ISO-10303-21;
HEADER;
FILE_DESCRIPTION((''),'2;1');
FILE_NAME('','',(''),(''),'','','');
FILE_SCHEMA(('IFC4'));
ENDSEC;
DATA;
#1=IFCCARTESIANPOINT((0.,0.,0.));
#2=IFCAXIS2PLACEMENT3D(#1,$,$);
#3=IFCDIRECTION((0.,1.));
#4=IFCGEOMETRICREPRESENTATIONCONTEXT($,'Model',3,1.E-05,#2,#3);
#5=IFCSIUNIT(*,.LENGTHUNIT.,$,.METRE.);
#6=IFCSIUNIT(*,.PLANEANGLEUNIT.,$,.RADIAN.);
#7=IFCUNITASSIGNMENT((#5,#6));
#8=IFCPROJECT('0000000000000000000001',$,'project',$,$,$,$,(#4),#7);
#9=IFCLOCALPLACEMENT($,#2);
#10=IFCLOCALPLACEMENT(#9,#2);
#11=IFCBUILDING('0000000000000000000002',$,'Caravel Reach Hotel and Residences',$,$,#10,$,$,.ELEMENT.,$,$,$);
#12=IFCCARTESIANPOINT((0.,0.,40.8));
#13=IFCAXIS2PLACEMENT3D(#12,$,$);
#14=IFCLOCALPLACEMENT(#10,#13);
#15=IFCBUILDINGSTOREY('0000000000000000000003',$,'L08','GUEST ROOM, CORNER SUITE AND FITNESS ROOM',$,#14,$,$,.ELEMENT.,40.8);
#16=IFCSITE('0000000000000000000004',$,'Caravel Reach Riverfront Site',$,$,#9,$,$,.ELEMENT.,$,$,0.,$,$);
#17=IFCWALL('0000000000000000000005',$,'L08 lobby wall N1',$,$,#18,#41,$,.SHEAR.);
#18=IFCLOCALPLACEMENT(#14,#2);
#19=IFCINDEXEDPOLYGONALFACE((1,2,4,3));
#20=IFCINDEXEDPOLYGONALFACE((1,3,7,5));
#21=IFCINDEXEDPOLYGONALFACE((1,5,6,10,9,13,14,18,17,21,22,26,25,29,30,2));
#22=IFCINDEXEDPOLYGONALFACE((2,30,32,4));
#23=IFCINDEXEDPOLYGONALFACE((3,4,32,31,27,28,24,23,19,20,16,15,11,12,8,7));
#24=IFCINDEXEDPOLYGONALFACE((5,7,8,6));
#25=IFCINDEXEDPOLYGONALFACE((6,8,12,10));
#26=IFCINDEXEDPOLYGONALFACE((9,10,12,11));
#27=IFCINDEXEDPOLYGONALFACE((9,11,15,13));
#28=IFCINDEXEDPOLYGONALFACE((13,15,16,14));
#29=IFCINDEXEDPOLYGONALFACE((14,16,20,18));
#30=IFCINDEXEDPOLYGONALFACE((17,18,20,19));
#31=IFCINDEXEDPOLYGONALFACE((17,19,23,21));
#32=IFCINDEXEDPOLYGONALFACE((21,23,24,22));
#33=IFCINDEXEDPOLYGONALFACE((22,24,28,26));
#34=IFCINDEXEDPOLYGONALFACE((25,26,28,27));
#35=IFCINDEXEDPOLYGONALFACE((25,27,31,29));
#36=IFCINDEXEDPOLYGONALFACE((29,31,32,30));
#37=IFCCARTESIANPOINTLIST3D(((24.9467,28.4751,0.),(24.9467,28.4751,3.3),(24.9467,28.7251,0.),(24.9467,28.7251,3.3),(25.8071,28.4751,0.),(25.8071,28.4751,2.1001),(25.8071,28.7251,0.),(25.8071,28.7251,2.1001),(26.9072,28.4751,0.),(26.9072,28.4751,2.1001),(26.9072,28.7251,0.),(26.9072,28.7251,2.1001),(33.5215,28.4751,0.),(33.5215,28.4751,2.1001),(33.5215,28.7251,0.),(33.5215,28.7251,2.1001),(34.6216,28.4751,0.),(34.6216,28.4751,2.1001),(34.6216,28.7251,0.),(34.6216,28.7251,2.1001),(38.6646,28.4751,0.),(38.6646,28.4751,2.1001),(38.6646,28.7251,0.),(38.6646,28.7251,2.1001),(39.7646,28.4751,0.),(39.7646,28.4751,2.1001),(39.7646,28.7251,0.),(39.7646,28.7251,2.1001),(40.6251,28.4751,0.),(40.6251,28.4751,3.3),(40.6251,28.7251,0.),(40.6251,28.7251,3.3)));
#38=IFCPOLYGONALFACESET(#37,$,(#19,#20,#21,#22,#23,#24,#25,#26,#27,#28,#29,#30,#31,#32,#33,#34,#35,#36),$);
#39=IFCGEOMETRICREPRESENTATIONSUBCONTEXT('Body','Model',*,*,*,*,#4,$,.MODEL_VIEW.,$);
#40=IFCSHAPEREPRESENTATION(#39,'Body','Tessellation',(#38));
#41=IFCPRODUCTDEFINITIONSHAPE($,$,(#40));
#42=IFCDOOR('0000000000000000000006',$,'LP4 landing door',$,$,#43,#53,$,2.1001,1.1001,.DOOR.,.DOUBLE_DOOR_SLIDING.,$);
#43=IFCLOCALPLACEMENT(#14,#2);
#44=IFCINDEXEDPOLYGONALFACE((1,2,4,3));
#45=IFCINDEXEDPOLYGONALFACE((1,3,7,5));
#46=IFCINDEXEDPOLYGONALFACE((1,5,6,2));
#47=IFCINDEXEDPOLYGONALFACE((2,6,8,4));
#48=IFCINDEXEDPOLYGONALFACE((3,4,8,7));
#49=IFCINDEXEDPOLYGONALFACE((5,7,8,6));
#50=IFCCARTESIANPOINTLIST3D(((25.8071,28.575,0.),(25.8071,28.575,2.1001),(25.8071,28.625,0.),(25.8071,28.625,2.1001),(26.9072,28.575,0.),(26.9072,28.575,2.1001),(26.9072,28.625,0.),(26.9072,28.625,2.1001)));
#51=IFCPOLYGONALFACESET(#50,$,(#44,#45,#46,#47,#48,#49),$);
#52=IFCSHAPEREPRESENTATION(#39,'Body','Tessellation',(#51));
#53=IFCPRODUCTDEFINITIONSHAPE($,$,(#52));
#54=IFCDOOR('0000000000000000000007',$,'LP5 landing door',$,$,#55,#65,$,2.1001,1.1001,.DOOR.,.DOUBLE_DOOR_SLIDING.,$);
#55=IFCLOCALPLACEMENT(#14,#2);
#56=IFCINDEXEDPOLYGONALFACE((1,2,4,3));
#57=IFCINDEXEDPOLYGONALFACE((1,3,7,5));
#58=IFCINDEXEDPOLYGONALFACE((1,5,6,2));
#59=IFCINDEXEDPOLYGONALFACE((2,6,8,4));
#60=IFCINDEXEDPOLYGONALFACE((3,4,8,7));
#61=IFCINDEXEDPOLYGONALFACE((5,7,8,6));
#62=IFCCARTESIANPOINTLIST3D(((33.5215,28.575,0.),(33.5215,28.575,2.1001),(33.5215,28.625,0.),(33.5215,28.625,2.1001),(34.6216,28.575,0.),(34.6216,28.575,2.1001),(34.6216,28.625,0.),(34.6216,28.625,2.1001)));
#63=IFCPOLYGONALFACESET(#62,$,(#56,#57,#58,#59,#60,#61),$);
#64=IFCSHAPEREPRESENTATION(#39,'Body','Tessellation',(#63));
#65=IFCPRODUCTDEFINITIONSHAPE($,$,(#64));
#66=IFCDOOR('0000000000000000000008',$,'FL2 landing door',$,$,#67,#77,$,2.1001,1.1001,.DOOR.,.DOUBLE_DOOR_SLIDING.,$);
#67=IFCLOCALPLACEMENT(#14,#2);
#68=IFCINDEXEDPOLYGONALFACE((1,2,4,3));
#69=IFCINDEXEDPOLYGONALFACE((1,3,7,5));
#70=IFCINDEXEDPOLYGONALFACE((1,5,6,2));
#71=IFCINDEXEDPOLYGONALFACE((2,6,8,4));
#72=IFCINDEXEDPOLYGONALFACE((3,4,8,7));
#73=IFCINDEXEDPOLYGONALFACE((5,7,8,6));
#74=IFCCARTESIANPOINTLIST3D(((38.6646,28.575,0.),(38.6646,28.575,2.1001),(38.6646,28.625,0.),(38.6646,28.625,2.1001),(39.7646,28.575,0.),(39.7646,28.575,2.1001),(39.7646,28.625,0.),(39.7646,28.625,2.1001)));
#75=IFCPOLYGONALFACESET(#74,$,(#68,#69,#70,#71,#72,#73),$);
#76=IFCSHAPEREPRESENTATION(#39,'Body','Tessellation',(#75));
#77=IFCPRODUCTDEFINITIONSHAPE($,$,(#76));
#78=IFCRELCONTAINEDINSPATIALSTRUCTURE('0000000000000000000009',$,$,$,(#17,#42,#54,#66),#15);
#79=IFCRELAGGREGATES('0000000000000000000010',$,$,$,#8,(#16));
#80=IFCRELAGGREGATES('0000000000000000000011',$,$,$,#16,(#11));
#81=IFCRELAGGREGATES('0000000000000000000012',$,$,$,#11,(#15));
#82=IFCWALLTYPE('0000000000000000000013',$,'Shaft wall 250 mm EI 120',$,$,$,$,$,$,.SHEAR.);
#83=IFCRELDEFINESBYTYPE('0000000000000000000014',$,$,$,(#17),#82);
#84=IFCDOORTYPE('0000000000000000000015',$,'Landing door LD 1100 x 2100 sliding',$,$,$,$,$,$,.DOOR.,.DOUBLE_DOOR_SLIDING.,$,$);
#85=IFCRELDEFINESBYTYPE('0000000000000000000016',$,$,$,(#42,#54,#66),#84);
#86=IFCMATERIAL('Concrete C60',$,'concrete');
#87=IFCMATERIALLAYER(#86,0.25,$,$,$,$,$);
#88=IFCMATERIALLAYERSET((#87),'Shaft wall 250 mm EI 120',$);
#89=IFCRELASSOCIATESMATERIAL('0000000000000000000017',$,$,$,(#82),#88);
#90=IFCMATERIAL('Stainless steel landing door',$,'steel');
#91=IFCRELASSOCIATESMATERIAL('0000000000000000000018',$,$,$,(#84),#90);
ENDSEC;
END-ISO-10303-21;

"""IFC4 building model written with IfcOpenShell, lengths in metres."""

from ifc_helpers import new_model, si_unit, direction, frame, frame_2d, origin, place, context, subcontext, project, spatial, rectangle, extrude, material, layer, layer_set, type_object, element, fill, save


model = new_model("IFC4")

# Units and contexts
model_context = context("Model", 3, precision=1e-05, world=origin(), true_north=direction((0.0, 1.0)))
body_context = subcontext(model_context, "Body", "Model", "MODEL_VIEW")
ifc_project = project(units=[si_unit("LENGTHUNIT", "METRE"), si_unit("PLANEANGLEUNIT", "RADIAN")], contexts=[model_context])

# Site, building, storey
site_placement = place(None, origin())
site = spatial("IfcSite", under=ifc_project, at=site_placement, Name="Caravel Reach Riverfront Site", CompositionType="ELEMENT", RefElevation=0.0)
building_placement = place(site_placement, origin())
building = spatial("IfcBuilding", under=site, at=building_placement, Name="Caravel Reach Hotel and Residences", CompositionType="ELEMENT")
storey_placement = place(building_placement, frame((0.0, 0.0, 40.8)))
storey = spatial("IfcBuildingStorey", under=building, at=storey_placement, Name="L08", Description="GUEST ROOM, CORNER SUITE AND FITNESS ROOM", CompositionType="ELEMENT", Elevation=40.8)

# Wall, openings, doors
ifc_material_1 = material(Name="Concrete C60", Category="concrete")
ifc_layer_1 = layer(ifc_material_1, 0.25)
ifc_layer_set_1 = layer_set([ifc_layer_1], Name="Shaft wall 250 mm EI 120")
wall_type_1 = type_object("IfcWallType", Name="Shaft wall 250 mm EI 120", PredefinedType="SHEAR", material=ifc_layer_set_1)
ifc_material_2 = material(Name="Stainless steel landing door", Category="steel")
door_type_1 = type_object("IfcDoorType", Name="Landing door LD 1100 x 2100 sliding", OperationType="DOUBLE_DOOR_SLIDING", PredefinedType="DOOR", material=ifc_material_2)
wall_1_placement = place(storey_placement, frame((24.9465, 28.6001, 0.0), z_axis=(0.0, 0.0, 1.0), x_axis=(1.0, 0.0, 0.0)))
wall_1 = element("IfcWall", 1, at=wall_1_placement, inside=storey, type_object=wall_type_1, Name="L08 lobby wall N1", PredefinedType="SHEAR", context=body_context, shape_type="SweptSolid", body=[
    extrude(rectangle(XDim=15.6785, YDim=0.25, at=frame_2d((7.8394, 0.0))), origin(), (0.0, 0.0, 1.0), 3.3),
])
opening_1_placement = place(wall_1_placement, frame((0.8606, 0.0, 0.0)))
opening_1 = element("IfcOpeningElement", 2, at=opening_1_placement, cuts=wall_1, PredefinedType="OPENING", context=body_context, shape_type="SweptSolid", body=[
    extrude(rectangle(XDim=1.1001, YDim=2.1001, at=frame_2d((0.55, 1.05))), frame((0.0, 0.135, 0.0), z_axis=(0.0, -1.0, 0.0), x_axis=(1.0, 0.0, 0.0)), (0.0, 0.0, 1.0), 0.27),
])
opening_2_placement = place(wall_1_placement, frame((8.575, 0.0, 0.0)))
opening_2 = element("IfcOpeningElement", 3, at=opening_2_placement, cuts=wall_1, PredefinedType="OPENING", context=body_context, shape_type="SweptSolid", body=[
    extrude(rectangle(XDim=1.1001, YDim=2.1001, at=frame_2d((0.55, 1.05))), frame((0.0, 0.135, 0.0), z_axis=(0.0, -1.0, 0.0), x_axis=(1.0, 0.0, 0.0)), (0.0, 0.0, 1.0), 0.27),
])
opening_3_placement = place(wall_1_placement, frame((13.718, 0.0, 0.0)))
opening_3 = element("IfcOpeningElement", 4, at=opening_3_placement, cuts=wall_1, PredefinedType="OPENING", context=body_context, shape_type="SweptSolid", body=[
    extrude(rectangle(XDim=1.1001, YDim=2.1001, at=frame_2d((0.55, 1.05))), frame((0.0, 0.135, 0.0), z_axis=(0.0, -1.0, 0.0), x_axis=(1.0, 0.0, 0.0)), (0.0, 0.0, 1.0), 0.27),
])
door_1_placement = place(opening_1_placement, origin())
door_1 = element("IfcDoor", 5, at=door_1_placement, inside=storey, type_object=door_type_1, Name="LP4 landing door", OperationType="DOUBLE_DOOR_SLIDING", OverallHeight=2.1001, OverallWidth=1.1001, PredefinedType="DOOR", context=body_context, shape_type="SweptSolid", body=[
    extrude(rectangle(XDim=1.1001, YDim=2.1001, at=frame_2d((0.55, 1.05))), frame((0.0, 0.0249, 0.0), z_axis=(0.0, -1.0, 0.0), x_axis=(1.0, 0.0, 0.0)), (0.0, 0.0, 1.0), 0.05),
])
fill(opening_1, door_1)
door_2_placement = place(opening_2_placement, origin())
door_2 = element("IfcDoor", 6, at=door_2_placement, inside=storey, type_object=door_type_1, Name="LP5 landing door", OperationType="DOUBLE_DOOR_SLIDING", OverallHeight=2.1001, OverallWidth=1.1001, PredefinedType="DOOR", context=body_context, shape_type="SweptSolid", body=[
    extrude(rectangle(XDim=1.1001, YDim=2.1001, at=frame_2d((0.55, 1.05))), frame((0.0, 0.0249, 0.0), z_axis=(0.0, -1.0, 0.0), x_axis=(1.0, 0.0, 0.0)), (0.0, 0.0, 1.0), 0.05),
])
fill(opening_2, door_2)
door_3_placement = place(opening_3_placement, origin())
door_3 = element("IfcDoor", 7, at=door_3_placement, inside=storey, type_object=door_type_1, Name="FL2 landing door", OperationType="DOUBLE_DOOR_SLIDING", OverallHeight=2.1001, OverallWidth=1.1001, PredefinedType="DOOR", context=body_context, shape_type="SweptSolid", body=[
    extrude(rectangle(XDim=1.1001, YDim=2.1001, at=frame_2d((0.55, 1.05))), frame((0.0, 0.0249, 0.0), z_axis=(0.0, -1.0, 0.0), x_axis=(1.0, 0.0, 0.0)), (0.0, 0.0, 1.0), 0.05),
])
fill(opening_3, door_3)

save(model, "model.ifc")
